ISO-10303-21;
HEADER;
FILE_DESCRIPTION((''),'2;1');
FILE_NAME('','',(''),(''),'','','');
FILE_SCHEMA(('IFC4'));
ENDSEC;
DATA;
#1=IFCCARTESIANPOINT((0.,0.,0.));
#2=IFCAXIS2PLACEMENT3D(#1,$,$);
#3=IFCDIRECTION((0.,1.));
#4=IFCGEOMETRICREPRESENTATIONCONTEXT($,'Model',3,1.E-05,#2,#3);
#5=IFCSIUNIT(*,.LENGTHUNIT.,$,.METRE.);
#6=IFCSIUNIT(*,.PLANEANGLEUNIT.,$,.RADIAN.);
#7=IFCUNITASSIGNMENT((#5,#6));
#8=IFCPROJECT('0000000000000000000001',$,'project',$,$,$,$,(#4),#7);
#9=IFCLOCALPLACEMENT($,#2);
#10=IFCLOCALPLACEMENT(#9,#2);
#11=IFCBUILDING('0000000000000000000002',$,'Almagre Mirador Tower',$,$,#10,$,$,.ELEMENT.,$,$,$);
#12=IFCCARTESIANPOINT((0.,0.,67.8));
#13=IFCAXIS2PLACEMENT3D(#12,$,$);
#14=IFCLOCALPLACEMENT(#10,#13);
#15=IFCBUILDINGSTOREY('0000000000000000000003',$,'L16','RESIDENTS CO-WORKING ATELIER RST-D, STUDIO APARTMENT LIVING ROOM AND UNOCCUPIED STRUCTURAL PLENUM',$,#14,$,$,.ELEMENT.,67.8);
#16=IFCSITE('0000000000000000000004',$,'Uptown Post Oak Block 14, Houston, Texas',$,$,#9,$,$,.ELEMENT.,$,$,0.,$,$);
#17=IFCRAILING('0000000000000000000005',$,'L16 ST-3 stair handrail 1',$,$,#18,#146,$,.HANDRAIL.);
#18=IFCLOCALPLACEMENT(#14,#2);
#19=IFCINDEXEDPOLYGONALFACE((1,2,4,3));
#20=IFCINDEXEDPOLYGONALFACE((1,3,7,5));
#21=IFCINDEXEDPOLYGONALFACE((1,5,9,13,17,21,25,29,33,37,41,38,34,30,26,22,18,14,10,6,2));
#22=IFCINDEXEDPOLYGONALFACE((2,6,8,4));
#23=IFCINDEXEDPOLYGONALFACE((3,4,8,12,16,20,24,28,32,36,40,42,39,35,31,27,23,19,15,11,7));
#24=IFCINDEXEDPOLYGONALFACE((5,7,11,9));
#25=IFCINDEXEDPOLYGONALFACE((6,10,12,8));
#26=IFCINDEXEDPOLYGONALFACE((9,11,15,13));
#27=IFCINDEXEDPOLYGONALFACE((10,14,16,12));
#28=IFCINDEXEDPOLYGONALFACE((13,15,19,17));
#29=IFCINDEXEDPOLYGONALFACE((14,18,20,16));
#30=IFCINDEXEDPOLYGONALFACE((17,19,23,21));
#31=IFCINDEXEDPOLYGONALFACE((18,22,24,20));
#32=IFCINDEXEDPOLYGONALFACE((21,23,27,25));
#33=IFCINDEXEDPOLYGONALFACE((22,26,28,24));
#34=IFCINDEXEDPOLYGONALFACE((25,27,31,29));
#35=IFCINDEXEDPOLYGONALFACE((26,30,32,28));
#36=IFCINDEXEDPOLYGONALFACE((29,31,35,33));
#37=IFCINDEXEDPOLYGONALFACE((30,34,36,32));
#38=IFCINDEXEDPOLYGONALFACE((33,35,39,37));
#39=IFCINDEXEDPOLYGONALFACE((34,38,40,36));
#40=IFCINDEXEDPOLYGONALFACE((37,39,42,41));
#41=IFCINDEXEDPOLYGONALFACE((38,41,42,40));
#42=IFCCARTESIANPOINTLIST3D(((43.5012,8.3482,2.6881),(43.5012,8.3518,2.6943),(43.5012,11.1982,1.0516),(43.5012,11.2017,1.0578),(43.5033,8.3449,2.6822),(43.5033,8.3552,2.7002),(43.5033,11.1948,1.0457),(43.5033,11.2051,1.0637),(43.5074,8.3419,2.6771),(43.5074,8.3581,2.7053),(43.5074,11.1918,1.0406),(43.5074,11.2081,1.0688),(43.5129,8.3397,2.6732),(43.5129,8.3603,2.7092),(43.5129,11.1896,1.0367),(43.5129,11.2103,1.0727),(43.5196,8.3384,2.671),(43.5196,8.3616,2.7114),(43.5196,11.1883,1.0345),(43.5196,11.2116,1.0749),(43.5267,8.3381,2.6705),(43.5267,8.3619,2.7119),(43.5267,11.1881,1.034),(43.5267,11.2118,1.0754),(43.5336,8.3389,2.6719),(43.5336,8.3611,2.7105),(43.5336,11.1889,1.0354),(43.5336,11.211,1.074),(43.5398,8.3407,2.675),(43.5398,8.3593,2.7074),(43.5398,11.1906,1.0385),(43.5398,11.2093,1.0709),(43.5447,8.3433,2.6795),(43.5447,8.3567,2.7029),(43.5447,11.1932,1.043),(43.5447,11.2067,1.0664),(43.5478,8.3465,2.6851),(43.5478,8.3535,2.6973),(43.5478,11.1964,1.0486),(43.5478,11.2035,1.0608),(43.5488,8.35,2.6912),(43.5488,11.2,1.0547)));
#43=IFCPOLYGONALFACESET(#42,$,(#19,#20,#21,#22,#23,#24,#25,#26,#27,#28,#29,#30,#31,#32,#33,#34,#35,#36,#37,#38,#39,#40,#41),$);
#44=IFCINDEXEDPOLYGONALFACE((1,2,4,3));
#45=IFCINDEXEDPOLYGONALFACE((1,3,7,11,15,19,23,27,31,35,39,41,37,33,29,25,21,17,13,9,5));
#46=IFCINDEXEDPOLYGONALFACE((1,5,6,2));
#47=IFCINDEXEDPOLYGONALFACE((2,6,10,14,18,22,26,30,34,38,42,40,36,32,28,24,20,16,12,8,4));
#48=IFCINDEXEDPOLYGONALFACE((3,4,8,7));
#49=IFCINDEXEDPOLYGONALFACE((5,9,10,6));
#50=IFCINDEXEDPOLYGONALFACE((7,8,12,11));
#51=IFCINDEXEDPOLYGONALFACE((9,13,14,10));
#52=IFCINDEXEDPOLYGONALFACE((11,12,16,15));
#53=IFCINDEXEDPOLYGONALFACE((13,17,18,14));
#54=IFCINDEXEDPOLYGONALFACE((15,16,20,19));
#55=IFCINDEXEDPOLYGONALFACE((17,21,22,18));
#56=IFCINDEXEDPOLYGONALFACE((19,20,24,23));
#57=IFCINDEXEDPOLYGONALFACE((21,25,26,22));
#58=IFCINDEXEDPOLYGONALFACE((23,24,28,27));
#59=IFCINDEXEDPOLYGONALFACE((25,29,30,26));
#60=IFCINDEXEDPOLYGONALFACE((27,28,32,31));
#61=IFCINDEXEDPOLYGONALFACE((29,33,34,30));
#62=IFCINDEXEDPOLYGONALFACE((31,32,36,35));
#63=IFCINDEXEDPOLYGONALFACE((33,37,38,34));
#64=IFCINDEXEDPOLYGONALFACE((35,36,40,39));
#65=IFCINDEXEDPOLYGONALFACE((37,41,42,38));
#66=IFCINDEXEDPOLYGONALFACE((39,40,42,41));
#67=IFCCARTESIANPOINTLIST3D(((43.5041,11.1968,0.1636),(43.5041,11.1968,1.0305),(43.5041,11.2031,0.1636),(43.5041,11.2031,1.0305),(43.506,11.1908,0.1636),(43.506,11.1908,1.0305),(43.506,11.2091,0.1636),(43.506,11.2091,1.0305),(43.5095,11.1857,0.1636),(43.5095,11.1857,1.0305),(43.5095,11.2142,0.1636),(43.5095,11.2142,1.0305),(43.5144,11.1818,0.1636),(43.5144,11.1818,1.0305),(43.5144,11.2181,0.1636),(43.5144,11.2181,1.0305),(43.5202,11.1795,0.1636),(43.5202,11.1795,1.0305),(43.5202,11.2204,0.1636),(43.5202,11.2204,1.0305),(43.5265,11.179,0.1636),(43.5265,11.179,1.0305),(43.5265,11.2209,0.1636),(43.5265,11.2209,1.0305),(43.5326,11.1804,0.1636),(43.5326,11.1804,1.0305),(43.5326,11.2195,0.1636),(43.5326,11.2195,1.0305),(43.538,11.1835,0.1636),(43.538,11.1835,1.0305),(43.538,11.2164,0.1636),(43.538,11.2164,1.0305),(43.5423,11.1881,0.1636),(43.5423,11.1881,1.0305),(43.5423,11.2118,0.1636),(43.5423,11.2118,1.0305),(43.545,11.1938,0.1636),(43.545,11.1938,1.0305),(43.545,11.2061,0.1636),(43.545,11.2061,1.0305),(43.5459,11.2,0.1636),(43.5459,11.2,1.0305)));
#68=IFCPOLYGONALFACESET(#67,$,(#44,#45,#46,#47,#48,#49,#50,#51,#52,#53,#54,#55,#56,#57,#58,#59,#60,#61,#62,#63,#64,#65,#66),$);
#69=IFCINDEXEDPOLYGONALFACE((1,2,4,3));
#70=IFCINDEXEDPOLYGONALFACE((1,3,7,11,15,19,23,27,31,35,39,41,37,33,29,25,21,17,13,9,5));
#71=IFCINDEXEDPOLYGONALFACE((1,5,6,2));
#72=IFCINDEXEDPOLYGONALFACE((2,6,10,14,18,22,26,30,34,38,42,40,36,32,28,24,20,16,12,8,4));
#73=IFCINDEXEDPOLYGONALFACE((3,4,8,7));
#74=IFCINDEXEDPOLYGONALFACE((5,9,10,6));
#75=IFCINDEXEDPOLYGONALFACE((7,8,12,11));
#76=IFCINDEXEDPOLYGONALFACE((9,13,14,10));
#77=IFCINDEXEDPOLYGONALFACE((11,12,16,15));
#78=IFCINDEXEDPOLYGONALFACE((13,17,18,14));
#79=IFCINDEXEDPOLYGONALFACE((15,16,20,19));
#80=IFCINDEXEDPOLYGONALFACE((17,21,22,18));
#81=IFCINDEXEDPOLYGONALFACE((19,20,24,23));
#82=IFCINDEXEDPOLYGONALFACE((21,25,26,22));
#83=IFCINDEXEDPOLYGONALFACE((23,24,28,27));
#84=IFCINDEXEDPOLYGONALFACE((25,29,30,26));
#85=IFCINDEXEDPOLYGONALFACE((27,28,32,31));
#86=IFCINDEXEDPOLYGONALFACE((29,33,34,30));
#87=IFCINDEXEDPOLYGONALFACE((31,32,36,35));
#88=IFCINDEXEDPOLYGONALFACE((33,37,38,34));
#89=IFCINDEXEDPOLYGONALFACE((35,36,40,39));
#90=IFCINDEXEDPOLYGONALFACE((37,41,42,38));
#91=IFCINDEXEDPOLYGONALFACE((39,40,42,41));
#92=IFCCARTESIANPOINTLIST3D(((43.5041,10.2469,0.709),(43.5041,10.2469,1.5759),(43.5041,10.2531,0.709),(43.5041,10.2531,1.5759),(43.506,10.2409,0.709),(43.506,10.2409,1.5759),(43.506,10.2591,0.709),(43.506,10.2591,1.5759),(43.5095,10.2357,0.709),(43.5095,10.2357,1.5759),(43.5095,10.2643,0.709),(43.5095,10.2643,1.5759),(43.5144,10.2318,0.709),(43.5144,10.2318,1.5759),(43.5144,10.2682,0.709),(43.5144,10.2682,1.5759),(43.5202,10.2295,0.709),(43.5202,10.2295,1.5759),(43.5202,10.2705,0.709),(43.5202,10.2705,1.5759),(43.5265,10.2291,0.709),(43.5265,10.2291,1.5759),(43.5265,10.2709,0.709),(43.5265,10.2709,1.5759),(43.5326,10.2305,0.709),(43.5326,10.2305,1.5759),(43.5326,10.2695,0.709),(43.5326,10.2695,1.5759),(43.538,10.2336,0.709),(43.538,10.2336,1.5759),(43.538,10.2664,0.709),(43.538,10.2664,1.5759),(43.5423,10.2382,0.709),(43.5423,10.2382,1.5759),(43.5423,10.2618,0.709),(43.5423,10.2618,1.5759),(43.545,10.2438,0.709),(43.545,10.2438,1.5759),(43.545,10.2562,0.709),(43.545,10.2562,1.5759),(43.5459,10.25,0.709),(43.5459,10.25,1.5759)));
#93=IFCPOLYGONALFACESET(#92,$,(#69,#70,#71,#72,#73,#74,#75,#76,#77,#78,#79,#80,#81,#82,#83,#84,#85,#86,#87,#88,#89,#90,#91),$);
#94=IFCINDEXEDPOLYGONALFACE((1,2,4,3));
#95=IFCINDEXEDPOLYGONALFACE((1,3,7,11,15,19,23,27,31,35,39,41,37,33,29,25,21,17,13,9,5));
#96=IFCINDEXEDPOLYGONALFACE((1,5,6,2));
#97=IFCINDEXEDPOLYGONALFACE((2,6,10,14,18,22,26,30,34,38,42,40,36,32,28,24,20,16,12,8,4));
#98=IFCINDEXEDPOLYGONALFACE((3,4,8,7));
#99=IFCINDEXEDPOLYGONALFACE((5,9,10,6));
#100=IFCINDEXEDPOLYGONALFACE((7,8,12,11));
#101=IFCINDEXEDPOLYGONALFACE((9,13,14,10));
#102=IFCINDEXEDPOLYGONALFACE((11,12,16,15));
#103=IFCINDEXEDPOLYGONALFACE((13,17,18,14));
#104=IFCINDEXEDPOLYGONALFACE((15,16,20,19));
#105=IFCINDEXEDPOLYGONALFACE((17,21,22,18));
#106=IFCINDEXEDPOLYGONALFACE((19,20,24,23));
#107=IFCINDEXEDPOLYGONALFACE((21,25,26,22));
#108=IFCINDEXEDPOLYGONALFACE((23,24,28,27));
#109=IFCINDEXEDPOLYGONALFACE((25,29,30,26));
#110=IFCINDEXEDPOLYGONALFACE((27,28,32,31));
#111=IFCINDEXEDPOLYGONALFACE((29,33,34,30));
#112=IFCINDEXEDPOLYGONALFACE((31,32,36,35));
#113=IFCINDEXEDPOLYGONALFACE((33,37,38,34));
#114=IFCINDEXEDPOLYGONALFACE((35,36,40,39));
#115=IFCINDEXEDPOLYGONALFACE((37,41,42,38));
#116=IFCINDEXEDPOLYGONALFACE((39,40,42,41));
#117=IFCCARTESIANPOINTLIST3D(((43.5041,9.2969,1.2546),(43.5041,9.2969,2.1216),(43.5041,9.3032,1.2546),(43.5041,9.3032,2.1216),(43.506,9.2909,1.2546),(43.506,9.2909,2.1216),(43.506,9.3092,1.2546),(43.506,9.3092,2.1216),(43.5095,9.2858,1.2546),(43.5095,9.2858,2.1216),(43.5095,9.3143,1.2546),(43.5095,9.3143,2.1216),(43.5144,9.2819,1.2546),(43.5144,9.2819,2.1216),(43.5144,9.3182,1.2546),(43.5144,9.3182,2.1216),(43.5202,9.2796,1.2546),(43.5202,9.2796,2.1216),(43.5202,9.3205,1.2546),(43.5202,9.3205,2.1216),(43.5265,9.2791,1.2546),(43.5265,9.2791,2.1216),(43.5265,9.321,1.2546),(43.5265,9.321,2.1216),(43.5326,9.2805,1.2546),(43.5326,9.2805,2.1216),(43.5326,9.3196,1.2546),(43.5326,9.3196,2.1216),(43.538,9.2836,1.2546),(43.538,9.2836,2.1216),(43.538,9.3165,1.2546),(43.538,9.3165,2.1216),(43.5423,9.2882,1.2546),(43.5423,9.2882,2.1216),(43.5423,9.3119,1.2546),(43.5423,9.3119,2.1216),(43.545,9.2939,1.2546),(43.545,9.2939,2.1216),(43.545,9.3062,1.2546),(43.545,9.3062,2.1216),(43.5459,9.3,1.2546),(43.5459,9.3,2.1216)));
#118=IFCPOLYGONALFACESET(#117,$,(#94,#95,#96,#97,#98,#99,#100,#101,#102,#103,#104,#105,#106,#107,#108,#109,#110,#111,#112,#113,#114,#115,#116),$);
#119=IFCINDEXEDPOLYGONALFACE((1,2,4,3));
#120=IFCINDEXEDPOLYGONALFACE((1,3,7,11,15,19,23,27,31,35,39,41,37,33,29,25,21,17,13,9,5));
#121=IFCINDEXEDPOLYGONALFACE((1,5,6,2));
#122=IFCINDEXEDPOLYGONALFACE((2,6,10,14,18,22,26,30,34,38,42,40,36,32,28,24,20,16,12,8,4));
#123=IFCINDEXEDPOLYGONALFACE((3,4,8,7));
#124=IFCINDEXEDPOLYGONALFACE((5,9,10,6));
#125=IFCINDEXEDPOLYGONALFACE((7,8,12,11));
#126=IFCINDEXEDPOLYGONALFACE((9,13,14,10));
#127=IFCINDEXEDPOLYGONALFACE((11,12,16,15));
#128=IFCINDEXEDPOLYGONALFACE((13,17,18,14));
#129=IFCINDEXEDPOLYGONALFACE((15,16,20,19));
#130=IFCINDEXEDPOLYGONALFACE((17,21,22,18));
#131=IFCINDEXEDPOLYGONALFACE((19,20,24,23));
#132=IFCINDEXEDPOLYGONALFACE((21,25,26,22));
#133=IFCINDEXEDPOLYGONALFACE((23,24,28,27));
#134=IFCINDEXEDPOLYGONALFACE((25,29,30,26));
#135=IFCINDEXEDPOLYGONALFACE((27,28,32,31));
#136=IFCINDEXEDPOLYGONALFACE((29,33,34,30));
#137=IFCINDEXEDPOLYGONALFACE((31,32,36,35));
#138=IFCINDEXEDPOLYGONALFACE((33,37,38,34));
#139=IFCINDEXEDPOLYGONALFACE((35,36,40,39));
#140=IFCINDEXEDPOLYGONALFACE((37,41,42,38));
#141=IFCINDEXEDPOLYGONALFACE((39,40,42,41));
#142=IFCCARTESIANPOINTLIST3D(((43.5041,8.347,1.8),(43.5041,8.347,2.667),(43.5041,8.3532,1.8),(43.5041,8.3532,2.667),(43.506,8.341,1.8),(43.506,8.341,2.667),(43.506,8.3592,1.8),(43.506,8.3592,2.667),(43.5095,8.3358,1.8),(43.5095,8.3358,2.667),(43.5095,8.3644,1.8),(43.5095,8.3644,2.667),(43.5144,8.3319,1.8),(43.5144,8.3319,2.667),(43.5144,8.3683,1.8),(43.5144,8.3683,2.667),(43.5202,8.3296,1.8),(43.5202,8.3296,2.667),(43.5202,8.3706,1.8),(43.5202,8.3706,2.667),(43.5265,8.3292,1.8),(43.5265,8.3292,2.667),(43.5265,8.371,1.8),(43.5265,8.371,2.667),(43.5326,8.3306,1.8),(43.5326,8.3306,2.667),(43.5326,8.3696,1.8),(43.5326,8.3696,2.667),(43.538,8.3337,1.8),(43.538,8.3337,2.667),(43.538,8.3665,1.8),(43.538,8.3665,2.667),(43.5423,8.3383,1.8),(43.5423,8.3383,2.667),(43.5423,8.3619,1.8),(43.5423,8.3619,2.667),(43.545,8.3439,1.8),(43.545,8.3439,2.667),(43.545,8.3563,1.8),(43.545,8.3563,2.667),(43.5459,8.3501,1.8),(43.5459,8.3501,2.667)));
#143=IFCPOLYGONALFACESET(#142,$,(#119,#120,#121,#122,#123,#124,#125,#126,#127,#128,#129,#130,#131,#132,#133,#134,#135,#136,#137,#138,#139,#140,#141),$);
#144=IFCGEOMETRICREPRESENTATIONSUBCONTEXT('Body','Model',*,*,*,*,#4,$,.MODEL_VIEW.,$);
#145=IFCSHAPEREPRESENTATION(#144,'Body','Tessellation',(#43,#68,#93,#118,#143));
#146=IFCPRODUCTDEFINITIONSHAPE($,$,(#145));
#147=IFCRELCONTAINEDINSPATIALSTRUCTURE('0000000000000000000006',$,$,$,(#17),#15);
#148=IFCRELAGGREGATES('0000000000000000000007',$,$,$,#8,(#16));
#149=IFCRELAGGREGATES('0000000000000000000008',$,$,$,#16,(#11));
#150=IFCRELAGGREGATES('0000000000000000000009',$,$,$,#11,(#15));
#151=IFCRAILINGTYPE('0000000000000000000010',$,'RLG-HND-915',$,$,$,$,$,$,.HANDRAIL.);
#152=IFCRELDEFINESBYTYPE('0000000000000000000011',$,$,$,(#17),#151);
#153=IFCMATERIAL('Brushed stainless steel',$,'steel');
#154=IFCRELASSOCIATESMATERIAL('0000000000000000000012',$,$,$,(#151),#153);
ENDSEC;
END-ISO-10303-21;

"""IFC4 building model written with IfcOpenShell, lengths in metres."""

from ifc_helpers import new_model, si_unit, direction, frame, origin, origin_2d, place, context, subcontext, project, spatial, circle, extrude, material, type_object, element, save


model = new_model("IFC4")

# Units and contexts
model_context = context("Model", 3, precision=1e-05, world=origin(), true_north=direction((0.0, 1.0)))
body_context = subcontext(model_context, "Body", "Model", "MODEL_VIEW")
ifc_project = project(units=[si_unit("LENGTHUNIT", "METRE"), si_unit("PLANEANGLEUNIT", "RADIAN")], contexts=[model_context])

# Site, building, storey
site_placement = place(None, origin())
site = spatial("IfcSite", under=ifc_project, at=site_placement, Name="Uptown Post Oak Block 14, Houston, Texas", CompositionType="ELEMENT", RefElevation=0.0)
building_placement = place(site_placement, origin())
building = spatial("IfcBuilding", under=site, at=building_placement, Name="Almagre Mirador Tower", CompositionType="ELEMENT")
storey_placement = place(building_placement, frame((0.0, 0.0, 67.8)))
storey = spatial("IfcBuildingStorey", under=building, at=storey_placement, Name="L16", Description="RESIDENTS CO-WORKING ATELIER RST-D, STUDIO APARTMENT LIVING ROOM AND UNOCCUPIED STRUCTURAL PLENUM", CompositionType="ELEMENT", Elevation=67.8)

# Railing
ifc_material_1 = material(Name="Brushed stainless steel", Category="steel")
railing_type_1 = type_object("IfcRailingType", Name="RLG-HND-915", PredefinedType="HANDRAIL", material=ifc_material_1)
railing_1_placement = place(storey_placement, frame((43.5249, 11.2, 0.1636)))
element("IfcRailing", 1, at=railing_1_placement, inside=storey, type_object=railing_type_1, Name="L16 ST-3 stair handrail 1", PredefinedType="HANDRAIL", context=body_context, shape_type="SweptSolid", body=[
    extrude(circle(Radius=0.0239, at=origin_2d()), frame((0.0, 0.0, 0.8911), z_axis=(0.0, -0.867194, 0.49797), x_axis=(1.0, 0.0, 0.0)), (0.0, 0.0, 1.0), 3.2864),
    extrude(circle(Radius=0.021, at=origin_2d()), origin(), (0.0, 0.0, 1.0), 0.8669),
    extrude(circle(Radius=0.021, at=origin_2d()), frame((0.0, -0.95, 0.5454)), (0.0, 0.0, 1.0), 0.8669),
    extrude(circle(Radius=0.021, at=origin_2d()), frame((0.0, -1.8999, 1.0911)), (0.0, 0.0, 1.0), 0.8669),
    extrude(circle(Radius=0.021, at=origin_2d()), frame((0.0, -2.8499, 1.6365)), (0.0, 0.0, 1.0), 0.8669),
])

save(model, "model.ifc")
